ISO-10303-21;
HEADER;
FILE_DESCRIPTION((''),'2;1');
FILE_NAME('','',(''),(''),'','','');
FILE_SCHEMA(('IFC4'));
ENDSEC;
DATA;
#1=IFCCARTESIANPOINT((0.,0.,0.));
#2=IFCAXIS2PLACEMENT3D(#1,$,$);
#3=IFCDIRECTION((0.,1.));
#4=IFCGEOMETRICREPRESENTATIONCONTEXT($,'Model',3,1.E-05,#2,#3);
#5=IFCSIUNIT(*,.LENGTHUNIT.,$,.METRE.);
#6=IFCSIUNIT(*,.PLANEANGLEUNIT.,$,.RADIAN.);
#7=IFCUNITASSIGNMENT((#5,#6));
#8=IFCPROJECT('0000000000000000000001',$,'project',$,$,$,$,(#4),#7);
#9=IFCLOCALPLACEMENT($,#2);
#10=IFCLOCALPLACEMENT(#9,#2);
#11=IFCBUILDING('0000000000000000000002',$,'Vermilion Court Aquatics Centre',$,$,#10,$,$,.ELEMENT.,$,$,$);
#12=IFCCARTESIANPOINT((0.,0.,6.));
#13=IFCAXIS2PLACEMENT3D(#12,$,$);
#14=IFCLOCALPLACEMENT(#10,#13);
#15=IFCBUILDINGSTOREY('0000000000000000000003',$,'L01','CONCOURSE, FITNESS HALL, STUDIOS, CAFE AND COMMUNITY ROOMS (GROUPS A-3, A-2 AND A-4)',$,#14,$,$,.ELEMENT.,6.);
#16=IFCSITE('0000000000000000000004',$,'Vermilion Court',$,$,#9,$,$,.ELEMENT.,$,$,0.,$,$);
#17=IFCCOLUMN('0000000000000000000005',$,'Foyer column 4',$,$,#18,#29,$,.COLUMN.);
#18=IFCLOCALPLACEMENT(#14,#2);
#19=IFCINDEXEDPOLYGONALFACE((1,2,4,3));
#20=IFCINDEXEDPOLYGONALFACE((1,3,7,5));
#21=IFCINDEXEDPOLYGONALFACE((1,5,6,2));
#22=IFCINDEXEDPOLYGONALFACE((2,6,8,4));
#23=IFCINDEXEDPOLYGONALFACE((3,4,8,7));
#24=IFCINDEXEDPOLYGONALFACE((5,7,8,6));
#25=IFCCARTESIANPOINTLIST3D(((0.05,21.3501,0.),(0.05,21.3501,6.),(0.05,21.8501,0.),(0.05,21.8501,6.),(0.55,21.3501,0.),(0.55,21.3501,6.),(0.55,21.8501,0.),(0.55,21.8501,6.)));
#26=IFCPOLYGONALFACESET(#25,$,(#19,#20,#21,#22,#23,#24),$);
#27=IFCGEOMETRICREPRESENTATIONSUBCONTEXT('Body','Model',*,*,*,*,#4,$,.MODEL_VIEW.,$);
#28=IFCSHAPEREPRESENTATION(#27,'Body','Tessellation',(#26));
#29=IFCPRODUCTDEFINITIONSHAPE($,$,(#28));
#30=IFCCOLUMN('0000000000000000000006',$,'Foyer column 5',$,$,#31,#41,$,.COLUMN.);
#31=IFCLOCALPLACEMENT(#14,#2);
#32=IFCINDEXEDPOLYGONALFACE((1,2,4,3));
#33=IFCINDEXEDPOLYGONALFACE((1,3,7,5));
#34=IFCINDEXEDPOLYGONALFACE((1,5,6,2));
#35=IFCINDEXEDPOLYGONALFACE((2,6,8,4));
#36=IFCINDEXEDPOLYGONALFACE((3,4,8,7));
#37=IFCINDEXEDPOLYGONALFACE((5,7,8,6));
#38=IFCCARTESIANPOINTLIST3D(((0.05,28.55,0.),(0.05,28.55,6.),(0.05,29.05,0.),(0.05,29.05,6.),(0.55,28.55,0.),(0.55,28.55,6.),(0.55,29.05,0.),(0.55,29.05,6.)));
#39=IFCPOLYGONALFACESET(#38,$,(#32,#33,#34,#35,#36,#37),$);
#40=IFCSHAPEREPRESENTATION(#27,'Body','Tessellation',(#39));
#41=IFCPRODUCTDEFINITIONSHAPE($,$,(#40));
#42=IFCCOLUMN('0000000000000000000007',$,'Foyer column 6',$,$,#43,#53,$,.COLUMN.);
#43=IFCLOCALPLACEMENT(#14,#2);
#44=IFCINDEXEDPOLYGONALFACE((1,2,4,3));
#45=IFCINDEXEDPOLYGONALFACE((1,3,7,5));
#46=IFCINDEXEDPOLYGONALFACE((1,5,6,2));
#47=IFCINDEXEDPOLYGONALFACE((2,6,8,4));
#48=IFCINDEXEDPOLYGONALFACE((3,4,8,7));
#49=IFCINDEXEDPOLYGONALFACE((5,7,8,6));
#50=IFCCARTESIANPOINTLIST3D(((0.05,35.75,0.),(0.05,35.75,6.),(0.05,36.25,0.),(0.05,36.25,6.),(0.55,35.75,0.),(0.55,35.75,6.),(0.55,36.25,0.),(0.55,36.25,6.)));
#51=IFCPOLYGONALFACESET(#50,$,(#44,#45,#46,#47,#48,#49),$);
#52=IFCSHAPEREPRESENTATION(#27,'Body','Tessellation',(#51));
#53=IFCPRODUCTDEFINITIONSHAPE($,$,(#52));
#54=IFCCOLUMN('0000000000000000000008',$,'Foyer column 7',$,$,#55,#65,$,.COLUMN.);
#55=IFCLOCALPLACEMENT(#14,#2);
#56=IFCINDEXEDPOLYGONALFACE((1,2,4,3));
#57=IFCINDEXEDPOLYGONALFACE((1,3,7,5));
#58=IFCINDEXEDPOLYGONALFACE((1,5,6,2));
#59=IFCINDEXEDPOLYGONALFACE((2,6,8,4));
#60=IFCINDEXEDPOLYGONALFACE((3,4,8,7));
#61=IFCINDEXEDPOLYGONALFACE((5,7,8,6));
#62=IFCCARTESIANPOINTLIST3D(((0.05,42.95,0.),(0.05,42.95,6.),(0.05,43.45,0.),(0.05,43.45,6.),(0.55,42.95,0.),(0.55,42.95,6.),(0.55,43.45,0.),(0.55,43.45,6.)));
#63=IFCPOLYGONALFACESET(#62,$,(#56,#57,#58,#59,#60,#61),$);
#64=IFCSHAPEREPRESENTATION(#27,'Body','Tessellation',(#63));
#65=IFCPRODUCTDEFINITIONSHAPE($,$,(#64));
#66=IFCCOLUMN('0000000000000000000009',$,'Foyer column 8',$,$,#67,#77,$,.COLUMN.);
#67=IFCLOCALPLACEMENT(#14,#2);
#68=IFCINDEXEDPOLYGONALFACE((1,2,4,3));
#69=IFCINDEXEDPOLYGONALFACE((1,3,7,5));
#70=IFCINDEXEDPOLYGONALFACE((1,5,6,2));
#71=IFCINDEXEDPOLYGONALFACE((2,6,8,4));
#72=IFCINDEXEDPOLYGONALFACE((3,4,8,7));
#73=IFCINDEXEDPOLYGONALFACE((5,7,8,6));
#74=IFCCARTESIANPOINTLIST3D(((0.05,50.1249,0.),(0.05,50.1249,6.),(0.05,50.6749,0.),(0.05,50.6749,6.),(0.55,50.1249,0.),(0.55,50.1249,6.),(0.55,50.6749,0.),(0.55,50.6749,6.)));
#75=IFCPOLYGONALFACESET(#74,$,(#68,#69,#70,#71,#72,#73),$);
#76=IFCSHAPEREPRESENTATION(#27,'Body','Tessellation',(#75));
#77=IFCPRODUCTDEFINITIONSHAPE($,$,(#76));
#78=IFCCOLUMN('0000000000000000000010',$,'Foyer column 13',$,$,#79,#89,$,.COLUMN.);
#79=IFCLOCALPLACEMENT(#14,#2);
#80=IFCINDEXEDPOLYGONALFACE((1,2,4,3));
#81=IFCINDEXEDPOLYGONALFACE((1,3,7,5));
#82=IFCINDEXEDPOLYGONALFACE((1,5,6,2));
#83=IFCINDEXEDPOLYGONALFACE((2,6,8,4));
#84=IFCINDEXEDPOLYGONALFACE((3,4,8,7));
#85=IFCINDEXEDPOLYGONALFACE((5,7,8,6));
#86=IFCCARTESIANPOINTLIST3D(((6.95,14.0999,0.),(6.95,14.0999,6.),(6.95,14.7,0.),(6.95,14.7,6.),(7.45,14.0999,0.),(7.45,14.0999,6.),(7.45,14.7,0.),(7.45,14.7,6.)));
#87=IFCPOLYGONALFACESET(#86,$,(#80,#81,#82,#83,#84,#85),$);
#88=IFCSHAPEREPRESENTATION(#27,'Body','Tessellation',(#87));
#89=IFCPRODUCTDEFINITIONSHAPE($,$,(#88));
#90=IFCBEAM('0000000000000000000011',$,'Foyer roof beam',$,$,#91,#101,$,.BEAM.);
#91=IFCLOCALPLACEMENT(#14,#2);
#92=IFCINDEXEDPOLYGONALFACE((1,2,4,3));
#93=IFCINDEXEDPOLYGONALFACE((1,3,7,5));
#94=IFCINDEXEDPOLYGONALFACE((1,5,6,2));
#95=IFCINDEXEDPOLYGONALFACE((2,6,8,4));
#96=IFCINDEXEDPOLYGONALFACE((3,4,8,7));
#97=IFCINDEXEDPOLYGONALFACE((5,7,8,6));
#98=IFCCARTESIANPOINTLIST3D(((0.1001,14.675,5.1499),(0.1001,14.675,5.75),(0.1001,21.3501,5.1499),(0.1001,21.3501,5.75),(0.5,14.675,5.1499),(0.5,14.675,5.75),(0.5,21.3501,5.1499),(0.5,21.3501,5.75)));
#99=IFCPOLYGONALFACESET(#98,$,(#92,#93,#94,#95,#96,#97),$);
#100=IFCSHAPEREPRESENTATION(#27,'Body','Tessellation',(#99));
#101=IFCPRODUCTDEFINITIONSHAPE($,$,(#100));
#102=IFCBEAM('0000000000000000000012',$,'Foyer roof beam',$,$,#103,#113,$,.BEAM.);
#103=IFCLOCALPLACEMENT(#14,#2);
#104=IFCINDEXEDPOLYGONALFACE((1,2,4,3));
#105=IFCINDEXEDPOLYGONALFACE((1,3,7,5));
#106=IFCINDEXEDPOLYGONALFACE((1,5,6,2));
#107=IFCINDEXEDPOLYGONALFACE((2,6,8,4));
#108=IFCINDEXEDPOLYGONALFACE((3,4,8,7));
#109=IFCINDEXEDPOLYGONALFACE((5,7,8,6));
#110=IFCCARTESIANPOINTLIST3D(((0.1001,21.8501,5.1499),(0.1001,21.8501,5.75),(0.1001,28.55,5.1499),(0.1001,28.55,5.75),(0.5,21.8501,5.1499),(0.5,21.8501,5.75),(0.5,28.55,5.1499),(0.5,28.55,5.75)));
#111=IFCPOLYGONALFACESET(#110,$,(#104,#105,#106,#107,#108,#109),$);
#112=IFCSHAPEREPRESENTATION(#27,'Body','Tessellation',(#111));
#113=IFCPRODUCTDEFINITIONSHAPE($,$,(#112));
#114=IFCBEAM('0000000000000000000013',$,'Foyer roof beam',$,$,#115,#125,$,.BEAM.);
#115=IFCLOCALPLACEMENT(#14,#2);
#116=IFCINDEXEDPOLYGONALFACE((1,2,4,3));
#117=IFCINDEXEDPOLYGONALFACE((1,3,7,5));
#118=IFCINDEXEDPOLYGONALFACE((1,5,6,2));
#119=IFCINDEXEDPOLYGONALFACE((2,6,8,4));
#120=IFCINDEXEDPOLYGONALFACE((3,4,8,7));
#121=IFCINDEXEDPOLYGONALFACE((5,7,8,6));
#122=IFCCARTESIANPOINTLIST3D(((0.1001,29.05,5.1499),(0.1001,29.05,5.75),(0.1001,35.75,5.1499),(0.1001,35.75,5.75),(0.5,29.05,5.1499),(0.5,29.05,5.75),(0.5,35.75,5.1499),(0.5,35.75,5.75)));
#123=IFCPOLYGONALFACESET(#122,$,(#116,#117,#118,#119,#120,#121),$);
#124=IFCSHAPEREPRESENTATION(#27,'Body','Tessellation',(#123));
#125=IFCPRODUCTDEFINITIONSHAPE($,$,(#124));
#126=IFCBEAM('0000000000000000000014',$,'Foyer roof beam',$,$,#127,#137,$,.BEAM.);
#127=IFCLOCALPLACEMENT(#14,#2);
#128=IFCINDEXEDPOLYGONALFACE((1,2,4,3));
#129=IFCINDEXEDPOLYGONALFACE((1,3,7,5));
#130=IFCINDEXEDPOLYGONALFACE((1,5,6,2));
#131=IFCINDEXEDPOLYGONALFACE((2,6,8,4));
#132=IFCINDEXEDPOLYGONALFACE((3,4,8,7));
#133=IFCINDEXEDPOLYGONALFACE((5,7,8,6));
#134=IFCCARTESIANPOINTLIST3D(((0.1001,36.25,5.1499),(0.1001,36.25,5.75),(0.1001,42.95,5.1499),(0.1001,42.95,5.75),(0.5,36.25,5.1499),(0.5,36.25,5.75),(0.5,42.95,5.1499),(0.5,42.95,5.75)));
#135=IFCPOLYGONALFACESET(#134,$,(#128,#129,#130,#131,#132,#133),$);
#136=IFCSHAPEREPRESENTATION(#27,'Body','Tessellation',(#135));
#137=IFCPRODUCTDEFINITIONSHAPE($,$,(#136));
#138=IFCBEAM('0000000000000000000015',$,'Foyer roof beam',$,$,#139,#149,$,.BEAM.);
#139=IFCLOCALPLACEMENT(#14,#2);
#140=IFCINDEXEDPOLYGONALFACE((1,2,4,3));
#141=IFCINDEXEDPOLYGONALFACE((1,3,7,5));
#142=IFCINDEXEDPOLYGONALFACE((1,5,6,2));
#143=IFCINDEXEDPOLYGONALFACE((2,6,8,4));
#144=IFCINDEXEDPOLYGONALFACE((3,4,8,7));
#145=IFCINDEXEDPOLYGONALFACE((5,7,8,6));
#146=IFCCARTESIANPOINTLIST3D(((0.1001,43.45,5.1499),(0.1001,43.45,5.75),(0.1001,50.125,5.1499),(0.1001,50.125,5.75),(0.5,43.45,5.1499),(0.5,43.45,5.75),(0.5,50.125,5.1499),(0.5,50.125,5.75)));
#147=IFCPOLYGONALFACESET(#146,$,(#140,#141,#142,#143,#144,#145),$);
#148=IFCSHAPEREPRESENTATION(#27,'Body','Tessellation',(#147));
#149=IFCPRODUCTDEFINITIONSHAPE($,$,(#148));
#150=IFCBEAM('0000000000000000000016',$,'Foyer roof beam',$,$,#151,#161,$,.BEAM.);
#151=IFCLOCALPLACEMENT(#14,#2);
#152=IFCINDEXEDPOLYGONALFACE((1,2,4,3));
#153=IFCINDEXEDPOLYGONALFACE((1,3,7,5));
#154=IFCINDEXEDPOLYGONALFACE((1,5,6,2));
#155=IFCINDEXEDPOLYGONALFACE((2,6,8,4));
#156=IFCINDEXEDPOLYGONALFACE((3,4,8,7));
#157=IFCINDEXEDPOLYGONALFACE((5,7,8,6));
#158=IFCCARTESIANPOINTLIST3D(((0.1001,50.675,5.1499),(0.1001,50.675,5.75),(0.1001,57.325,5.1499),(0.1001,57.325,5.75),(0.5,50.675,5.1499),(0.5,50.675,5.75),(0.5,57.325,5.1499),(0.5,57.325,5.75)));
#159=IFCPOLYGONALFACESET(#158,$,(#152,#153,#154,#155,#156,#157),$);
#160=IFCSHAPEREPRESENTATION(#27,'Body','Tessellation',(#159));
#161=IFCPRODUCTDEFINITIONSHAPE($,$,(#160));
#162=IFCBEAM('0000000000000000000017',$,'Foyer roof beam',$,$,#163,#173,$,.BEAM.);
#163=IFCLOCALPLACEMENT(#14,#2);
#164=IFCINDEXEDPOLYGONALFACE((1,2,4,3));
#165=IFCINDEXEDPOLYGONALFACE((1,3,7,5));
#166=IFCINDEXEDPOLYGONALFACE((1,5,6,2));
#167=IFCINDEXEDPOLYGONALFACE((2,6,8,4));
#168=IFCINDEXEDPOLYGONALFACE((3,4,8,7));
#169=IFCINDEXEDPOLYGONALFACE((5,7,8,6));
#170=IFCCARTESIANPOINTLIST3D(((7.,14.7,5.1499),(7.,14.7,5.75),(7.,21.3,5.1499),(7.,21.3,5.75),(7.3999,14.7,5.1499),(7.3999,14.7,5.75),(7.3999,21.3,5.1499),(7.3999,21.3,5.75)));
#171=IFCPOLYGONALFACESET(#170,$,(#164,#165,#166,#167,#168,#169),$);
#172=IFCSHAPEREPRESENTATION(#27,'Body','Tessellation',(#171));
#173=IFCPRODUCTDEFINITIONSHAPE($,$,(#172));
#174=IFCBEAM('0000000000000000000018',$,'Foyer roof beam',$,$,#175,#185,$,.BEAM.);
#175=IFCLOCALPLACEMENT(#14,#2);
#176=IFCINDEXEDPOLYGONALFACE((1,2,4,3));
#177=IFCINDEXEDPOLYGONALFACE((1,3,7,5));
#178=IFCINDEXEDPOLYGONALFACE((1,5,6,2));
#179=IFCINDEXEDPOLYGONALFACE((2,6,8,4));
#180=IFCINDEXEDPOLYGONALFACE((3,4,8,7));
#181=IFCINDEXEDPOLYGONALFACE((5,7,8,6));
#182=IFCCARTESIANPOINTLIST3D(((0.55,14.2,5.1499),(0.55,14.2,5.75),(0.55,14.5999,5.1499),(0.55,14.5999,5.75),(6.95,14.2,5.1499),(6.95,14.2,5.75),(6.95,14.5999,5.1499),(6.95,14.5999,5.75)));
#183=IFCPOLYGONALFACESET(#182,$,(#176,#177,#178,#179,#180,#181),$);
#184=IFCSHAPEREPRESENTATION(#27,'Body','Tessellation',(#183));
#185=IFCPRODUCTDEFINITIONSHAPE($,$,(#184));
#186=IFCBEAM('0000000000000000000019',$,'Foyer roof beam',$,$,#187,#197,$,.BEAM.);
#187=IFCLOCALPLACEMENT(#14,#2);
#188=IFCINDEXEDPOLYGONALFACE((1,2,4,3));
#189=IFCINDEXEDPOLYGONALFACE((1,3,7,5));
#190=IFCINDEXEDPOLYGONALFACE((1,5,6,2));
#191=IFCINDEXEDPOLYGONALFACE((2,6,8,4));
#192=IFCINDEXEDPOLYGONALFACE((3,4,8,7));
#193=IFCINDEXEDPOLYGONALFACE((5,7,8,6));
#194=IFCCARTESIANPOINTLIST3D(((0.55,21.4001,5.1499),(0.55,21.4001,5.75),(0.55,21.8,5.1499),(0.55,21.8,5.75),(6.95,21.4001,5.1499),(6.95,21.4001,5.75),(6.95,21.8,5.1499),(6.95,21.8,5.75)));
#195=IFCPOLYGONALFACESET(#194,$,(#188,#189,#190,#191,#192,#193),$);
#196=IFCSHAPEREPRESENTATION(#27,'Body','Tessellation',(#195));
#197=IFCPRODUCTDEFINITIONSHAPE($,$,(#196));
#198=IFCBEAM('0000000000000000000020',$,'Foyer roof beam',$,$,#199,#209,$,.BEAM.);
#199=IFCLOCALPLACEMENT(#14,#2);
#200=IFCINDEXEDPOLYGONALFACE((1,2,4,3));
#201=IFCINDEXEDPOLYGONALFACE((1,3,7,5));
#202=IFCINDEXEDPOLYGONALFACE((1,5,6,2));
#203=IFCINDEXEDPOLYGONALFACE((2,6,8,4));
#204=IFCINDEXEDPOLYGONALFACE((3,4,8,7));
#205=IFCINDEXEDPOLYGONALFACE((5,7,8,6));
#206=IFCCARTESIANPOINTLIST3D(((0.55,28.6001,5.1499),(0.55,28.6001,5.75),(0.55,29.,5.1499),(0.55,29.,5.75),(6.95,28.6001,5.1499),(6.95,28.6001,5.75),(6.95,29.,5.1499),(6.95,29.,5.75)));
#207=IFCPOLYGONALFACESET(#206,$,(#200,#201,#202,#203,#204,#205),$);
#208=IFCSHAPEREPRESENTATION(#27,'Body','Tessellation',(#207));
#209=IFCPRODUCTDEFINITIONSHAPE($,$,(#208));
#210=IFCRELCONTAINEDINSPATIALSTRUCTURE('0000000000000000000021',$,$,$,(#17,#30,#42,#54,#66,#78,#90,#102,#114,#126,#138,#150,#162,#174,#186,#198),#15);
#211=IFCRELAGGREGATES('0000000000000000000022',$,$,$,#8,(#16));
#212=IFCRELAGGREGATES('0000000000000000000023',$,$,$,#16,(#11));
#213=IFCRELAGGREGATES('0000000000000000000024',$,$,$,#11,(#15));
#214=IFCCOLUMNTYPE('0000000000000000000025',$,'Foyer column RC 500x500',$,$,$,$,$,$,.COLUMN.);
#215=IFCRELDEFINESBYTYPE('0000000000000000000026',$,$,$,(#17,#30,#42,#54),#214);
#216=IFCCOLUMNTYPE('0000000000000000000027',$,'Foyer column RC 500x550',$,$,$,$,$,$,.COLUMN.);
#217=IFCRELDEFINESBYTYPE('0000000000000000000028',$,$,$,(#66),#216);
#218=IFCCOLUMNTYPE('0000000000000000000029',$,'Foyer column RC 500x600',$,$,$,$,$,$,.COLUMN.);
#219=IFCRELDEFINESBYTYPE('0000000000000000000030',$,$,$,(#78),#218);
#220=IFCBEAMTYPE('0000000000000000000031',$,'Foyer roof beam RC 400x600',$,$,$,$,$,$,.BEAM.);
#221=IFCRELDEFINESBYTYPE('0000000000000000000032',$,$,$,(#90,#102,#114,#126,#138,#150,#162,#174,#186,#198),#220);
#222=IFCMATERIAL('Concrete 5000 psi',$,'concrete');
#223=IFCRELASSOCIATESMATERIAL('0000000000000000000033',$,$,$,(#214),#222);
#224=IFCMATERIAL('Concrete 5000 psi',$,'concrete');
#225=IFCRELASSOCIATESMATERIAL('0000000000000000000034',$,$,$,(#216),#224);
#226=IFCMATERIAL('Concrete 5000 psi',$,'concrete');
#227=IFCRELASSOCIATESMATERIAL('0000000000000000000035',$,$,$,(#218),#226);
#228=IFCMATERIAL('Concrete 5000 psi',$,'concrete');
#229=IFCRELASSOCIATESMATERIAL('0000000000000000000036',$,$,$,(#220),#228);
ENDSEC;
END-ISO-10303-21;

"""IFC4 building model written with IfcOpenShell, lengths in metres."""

from ifc_helpers import new_model, si_unit, direction, frame, origin, origin_2d, place, context, subcontext, project, spatial, rectangle, extrude, material, material_profile, profile_set, type_object, element, save


model = new_model("IFC4")

# Units and contexts
model_context = context("Model", 3, precision=1e-05, world=origin(), true_north=direction((0.0, 1.0)))
body_context = subcontext(model_context, "Body", "Model", "MODEL_VIEW")
ifc_project = project(units=[si_unit("LENGTHUNIT", "METRE"), si_unit("PLANEANGLEUNIT", "RADIAN")], contexts=[model_context])

# Site, building, storey
site_placement = place(None, origin())
site = spatial("IfcSite", under=ifc_project, at=site_placement, Name="Vermilion Court", CompositionType="ELEMENT", RefElevation=0.0)
building_placement = place(site_placement, origin())
building = spatial("IfcBuilding", under=site, at=building_placement, Name="Vermilion Court Aquatics Centre", CompositionType="ELEMENT")
storey_placement = place(building_placement, frame((0.0, 0.0, 6.0)))
storey = spatial("IfcBuildingStorey", under=building, at=storey_placement, Name="L01", Description="CONCOURSE, FITNESS HALL, STUDIOS, CAFE AND COMMUNITY ROOMS (GROUPS A-3, A-2 AND A-4)", CompositionType="ELEMENT", Elevation=6.0)

# Columns
ifc_material_1 = material(Name="Concrete 5000 psi", Category="concrete")
ifc_material_profile_1 = material_profile(ifc_material_1, rectangle(XDim=0.5, YDim=0.5, at=origin_2d()), Name="RC 500x500")
ifc_profile_set_1 = profile_set([ifc_material_profile_1], Name="Concrete 5000 psi")
column_type_1 = type_object("IfcColumnType", Name="Foyer column RC 500x500", PredefinedType="COLUMN", material=ifc_profile_set_1)
for number, where, z_axis, x_axis, name in (
    (1, (0.3, 21.6001, 0.0), (0.0, 0.0, 1.0), (1.0, 0.0, 0.0), "Foyer column 4"),
    (2, (0.3, 28.8, 0.0), (0.0, 0.0, 1.0), (1.0, 0.0, 0.0), "Foyer column 5"),
    (3, (0.3, 36.0, 0.0), (0.0, 0.0, 1.0), (1.0, 0.0, 0.0), "Foyer column 6"),
    (4, (0.3, 43.2, 0.0), (0.0, 0.0, 1.0), (1.0, 0.0, 0.0), "Foyer column 7"),
):
    element("IfcColumn", number, at=place(storey_placement, frame(where, z_axis=z_axis, x_axis=x_axis)), inside=storey, type_object=column_type_1, Name=name, PredefinedType="COLUMN", context=body_context, shape_type="SweptSolid", body=[
        extrude(rectangle(XDim=0.5, YDim=0.5, at=origin_2d()), origin(), (0.0, 0.0, 1.0), 6.0),
    ])
ifc_material_2 = material(Name="Concrete 5000 psi", Category="concrete")
ifc_material_profile_2 = material_profile(ifc_material_2, rectangle(XDim=0.5, YDim=0.55, at=origin_2d()), Name="RC 500x550")
ifc_profile_set_2 = profile_set([ifc_material_profile_2], Name="Concrete 5000 psi")
column_type_2 = type_object("IfcColumnType", Name="Foyer column RC 500x550", PredefinedType="COLUMN", material=ifc_profile_set_2)
column_1_placement = place(storey_placement, frame((0.3, 50.3999, 0.0), z_axis=(0.0, 0.0, 1.0), x_axis=(1.0, 0.0, 0.0)))
element("IfcColumn", 5, at=column_1_placement, inside=storey, type_object=column_type_2, Name="Foyer column 8", PredefinedType="COLUMN", context=body_context, shape_type="SweptSolid", body=[
    extrude(rectangle(XDim=0.5, YDim=0.55, at=origin_2d()), origin(), (0.0, 0.0, 1.0), 6.0),
])
ifc_material_3 = material(Name="Concrete 5000 psi", Category="concrete")
ifc_material_profile_3 = material_profile(ifc_material_3, rectangle(XDim=0.5, YDim=0.6001, at=origin_2d()), Name="RC 500x600")
ifc_profile_set_3 = profile_set([ifc_material_profile_3], Name="Concrete 5000 psi")
column_type_3 = type_object("IfcColumnType", Name="Foyer column RC 500x600", PredefinedType="COLUMN", material=ifc_profile_set_3)
column_2_placement = place(storey_placement, frame((7.2, 14.3999, 0.0), z_axis=(0.0, 0.0, 1.0), x_axis=(1.0, 0.0, 0.0)))
element("IfcColumn", 6, at=column_2_placement, inside=storey, type_object=column_type_3, Name="Foyer column 13", PredefinedType="COLUMN", context=body_context, shape_type="SweptSolid", body=[
    extrude(rectangle(XDim=0.5, YDim=0.6001, at=origin_2d()), origin(), (0.0, 0.0, 1.0), 6.0),
])

# Beams
ifc_material_4 = material(Name="Concrete 5000 psi", Category="concrete")
ifc_material_profile_4 = material_profile(ifc_material_4, rectangle(XDim=0.3999, YDim=0.6001, at=origin_2d()), Name="RC 400x600")
ifc_profile_set_4 = profile_set([ifc_material_profile_4], Name="Concrete 5000 psi")
beam_type = type_object("IfcBeamType", Name="Foyer roof beam RC 400x600", PredefinedType="BEAM", material=ifc_profile_set_4)
beam_1_placement = place(storey_placement, frame((0.3, 14.675, 5.45), z_axis=(0.0, 1.0, 0.0), x_axis=(-1.0, 0.0, 0.0)))
element("IfcBeam", 7, at=beam_1_placement, inside=storey, type_object=beam_type, Name="Foyer roof beam", PredefinedType="BEAM", context=body_context, shape_type="SweptSolid", body=[
    extrude(rectangle(XDim=0.3999, YDim=0.6001, at=origin_2d()), origin(), (0.0, 0.0, 1.0), 6.675),
])
for number, where, z_axis, x_axis, name in (
    (8, (0.3, 21.8501, 5.45), (0.0, 1.0, 0.0), (-1.0, 0.0, 0.0), "Foyer roof beam"),
    (9, (0.3, 29.05, 5.45), (0.0, 1.0, 0.0), (-1.0, 0.0, 0.0), "Foyer roof beam"),
    (10, (0.3, 36.25, 5.45), (0.0, 1.0, 0.0), (-1.0, 0.0, 0.0), "Foyer roof beam"),
):
    element("IfcBeam", number, at=place(storey_placement, frame(where, z_axis=z_axis, x_axis=x_axis)), inside=storey, type_object=beam_type, Name=name, PredefinedType="BEAM", context=body_context, shape_type="SweptSolid", body=[
        extrude(rectangle(XDim=0.3999, YDim=0.6001, at=origin_2d()), origin(), (0.0, 0.0, 1.0), 6.7),
    ])
beam_2_placement = place(storey_placement, frame((0.3, 43.45, 5.45), z_axis=(0.0, 1.0, 0.0), x_axis=(-1.0, 0.0, 0.0)))
element("IfcBeam", 11, at=beam_2_placement, inside=storey, type_object=beam_type, Name="Foyer roof beam", PredefinedType="BEAM", context=body_context, shape_type="SweptSolid", body=[
    extrude(rectangle(XDim=0.3999, YDim=0.6001, at=origin_2d()), origin(), (0.0, 0.0, 1.0), 6.675),
])
beam_3_placement = place(storey_placement, frame((0.3, 50.675, 5.45), z_axis=(0.0, 1.0, 0.0), x_axis=(-1.0, 0.0, 0.0)))
element("IfcBeam", 12, at=beam_3_placement, inside=storey, type_object=beam_type, Name="Foyer roof beam", PredefinedType="BEAM", context=body_context, shape_type="SweptSolid", body=[
    extrude(rectangle(XDim=0.3999, YDim=0.6001, at=origin_2d()), origin(), (0.0, 0.0, 1.0), 6.6499),
])
beam_4_placement = place(storey_placement, frame((7.2, 14.7, 5.45), z_axis=(0.0, 1.0, 0.0), x_axis=(-1.0, 0.0, 0.0)))
element("IfcBeam", 13, at=beam_4_placement, inside=storey, type_object=beam_type, Name="Foyer roof beam", PredefinedType="BEAM", context=body_context, shape_type="SweptSolid", body=[
    extrude(rectangle(XDim=0.3999, YDim=0.6001, at=origin_2d()), origin(), (0.0, 0.0, 1.0), 6.6001),
])
for number, where, z_axis, x_axis, name in (
    (14, (0.55, 14.3999, 5.45), (1.0, 0.0, 0.0), (0.0, 1.0, 0.0), "Foyer roof beam"),
    (15, (0.55, 21.6001, 5.45), (1.0, 0.0, 0.0), (0.0, 1.0, 0.0), "Foyer roof beam"),
    (16, (0.55, 28.8, 5.45), (1.0, 0.0, 0.0), (0.0, 1.0, 0.0), "Foyer roof beam"),
):
    element("IfcBeam", number, at=place(storey_placement, frame(where, z_axis=z_axis, x_axis=x_axis)), inside=storey, type_object=beam_type, Name=name, PredefinedType="BEAM", context=body_context, shape_type="SweptSolid", body=[
        extrude(rectangle(XDim=0.3999, YDim=0.6001, at=origin_2d()), origin(), (0.0, 0.0, 1.0), 6.3999),
    ])

save(model, "model.ifc")
